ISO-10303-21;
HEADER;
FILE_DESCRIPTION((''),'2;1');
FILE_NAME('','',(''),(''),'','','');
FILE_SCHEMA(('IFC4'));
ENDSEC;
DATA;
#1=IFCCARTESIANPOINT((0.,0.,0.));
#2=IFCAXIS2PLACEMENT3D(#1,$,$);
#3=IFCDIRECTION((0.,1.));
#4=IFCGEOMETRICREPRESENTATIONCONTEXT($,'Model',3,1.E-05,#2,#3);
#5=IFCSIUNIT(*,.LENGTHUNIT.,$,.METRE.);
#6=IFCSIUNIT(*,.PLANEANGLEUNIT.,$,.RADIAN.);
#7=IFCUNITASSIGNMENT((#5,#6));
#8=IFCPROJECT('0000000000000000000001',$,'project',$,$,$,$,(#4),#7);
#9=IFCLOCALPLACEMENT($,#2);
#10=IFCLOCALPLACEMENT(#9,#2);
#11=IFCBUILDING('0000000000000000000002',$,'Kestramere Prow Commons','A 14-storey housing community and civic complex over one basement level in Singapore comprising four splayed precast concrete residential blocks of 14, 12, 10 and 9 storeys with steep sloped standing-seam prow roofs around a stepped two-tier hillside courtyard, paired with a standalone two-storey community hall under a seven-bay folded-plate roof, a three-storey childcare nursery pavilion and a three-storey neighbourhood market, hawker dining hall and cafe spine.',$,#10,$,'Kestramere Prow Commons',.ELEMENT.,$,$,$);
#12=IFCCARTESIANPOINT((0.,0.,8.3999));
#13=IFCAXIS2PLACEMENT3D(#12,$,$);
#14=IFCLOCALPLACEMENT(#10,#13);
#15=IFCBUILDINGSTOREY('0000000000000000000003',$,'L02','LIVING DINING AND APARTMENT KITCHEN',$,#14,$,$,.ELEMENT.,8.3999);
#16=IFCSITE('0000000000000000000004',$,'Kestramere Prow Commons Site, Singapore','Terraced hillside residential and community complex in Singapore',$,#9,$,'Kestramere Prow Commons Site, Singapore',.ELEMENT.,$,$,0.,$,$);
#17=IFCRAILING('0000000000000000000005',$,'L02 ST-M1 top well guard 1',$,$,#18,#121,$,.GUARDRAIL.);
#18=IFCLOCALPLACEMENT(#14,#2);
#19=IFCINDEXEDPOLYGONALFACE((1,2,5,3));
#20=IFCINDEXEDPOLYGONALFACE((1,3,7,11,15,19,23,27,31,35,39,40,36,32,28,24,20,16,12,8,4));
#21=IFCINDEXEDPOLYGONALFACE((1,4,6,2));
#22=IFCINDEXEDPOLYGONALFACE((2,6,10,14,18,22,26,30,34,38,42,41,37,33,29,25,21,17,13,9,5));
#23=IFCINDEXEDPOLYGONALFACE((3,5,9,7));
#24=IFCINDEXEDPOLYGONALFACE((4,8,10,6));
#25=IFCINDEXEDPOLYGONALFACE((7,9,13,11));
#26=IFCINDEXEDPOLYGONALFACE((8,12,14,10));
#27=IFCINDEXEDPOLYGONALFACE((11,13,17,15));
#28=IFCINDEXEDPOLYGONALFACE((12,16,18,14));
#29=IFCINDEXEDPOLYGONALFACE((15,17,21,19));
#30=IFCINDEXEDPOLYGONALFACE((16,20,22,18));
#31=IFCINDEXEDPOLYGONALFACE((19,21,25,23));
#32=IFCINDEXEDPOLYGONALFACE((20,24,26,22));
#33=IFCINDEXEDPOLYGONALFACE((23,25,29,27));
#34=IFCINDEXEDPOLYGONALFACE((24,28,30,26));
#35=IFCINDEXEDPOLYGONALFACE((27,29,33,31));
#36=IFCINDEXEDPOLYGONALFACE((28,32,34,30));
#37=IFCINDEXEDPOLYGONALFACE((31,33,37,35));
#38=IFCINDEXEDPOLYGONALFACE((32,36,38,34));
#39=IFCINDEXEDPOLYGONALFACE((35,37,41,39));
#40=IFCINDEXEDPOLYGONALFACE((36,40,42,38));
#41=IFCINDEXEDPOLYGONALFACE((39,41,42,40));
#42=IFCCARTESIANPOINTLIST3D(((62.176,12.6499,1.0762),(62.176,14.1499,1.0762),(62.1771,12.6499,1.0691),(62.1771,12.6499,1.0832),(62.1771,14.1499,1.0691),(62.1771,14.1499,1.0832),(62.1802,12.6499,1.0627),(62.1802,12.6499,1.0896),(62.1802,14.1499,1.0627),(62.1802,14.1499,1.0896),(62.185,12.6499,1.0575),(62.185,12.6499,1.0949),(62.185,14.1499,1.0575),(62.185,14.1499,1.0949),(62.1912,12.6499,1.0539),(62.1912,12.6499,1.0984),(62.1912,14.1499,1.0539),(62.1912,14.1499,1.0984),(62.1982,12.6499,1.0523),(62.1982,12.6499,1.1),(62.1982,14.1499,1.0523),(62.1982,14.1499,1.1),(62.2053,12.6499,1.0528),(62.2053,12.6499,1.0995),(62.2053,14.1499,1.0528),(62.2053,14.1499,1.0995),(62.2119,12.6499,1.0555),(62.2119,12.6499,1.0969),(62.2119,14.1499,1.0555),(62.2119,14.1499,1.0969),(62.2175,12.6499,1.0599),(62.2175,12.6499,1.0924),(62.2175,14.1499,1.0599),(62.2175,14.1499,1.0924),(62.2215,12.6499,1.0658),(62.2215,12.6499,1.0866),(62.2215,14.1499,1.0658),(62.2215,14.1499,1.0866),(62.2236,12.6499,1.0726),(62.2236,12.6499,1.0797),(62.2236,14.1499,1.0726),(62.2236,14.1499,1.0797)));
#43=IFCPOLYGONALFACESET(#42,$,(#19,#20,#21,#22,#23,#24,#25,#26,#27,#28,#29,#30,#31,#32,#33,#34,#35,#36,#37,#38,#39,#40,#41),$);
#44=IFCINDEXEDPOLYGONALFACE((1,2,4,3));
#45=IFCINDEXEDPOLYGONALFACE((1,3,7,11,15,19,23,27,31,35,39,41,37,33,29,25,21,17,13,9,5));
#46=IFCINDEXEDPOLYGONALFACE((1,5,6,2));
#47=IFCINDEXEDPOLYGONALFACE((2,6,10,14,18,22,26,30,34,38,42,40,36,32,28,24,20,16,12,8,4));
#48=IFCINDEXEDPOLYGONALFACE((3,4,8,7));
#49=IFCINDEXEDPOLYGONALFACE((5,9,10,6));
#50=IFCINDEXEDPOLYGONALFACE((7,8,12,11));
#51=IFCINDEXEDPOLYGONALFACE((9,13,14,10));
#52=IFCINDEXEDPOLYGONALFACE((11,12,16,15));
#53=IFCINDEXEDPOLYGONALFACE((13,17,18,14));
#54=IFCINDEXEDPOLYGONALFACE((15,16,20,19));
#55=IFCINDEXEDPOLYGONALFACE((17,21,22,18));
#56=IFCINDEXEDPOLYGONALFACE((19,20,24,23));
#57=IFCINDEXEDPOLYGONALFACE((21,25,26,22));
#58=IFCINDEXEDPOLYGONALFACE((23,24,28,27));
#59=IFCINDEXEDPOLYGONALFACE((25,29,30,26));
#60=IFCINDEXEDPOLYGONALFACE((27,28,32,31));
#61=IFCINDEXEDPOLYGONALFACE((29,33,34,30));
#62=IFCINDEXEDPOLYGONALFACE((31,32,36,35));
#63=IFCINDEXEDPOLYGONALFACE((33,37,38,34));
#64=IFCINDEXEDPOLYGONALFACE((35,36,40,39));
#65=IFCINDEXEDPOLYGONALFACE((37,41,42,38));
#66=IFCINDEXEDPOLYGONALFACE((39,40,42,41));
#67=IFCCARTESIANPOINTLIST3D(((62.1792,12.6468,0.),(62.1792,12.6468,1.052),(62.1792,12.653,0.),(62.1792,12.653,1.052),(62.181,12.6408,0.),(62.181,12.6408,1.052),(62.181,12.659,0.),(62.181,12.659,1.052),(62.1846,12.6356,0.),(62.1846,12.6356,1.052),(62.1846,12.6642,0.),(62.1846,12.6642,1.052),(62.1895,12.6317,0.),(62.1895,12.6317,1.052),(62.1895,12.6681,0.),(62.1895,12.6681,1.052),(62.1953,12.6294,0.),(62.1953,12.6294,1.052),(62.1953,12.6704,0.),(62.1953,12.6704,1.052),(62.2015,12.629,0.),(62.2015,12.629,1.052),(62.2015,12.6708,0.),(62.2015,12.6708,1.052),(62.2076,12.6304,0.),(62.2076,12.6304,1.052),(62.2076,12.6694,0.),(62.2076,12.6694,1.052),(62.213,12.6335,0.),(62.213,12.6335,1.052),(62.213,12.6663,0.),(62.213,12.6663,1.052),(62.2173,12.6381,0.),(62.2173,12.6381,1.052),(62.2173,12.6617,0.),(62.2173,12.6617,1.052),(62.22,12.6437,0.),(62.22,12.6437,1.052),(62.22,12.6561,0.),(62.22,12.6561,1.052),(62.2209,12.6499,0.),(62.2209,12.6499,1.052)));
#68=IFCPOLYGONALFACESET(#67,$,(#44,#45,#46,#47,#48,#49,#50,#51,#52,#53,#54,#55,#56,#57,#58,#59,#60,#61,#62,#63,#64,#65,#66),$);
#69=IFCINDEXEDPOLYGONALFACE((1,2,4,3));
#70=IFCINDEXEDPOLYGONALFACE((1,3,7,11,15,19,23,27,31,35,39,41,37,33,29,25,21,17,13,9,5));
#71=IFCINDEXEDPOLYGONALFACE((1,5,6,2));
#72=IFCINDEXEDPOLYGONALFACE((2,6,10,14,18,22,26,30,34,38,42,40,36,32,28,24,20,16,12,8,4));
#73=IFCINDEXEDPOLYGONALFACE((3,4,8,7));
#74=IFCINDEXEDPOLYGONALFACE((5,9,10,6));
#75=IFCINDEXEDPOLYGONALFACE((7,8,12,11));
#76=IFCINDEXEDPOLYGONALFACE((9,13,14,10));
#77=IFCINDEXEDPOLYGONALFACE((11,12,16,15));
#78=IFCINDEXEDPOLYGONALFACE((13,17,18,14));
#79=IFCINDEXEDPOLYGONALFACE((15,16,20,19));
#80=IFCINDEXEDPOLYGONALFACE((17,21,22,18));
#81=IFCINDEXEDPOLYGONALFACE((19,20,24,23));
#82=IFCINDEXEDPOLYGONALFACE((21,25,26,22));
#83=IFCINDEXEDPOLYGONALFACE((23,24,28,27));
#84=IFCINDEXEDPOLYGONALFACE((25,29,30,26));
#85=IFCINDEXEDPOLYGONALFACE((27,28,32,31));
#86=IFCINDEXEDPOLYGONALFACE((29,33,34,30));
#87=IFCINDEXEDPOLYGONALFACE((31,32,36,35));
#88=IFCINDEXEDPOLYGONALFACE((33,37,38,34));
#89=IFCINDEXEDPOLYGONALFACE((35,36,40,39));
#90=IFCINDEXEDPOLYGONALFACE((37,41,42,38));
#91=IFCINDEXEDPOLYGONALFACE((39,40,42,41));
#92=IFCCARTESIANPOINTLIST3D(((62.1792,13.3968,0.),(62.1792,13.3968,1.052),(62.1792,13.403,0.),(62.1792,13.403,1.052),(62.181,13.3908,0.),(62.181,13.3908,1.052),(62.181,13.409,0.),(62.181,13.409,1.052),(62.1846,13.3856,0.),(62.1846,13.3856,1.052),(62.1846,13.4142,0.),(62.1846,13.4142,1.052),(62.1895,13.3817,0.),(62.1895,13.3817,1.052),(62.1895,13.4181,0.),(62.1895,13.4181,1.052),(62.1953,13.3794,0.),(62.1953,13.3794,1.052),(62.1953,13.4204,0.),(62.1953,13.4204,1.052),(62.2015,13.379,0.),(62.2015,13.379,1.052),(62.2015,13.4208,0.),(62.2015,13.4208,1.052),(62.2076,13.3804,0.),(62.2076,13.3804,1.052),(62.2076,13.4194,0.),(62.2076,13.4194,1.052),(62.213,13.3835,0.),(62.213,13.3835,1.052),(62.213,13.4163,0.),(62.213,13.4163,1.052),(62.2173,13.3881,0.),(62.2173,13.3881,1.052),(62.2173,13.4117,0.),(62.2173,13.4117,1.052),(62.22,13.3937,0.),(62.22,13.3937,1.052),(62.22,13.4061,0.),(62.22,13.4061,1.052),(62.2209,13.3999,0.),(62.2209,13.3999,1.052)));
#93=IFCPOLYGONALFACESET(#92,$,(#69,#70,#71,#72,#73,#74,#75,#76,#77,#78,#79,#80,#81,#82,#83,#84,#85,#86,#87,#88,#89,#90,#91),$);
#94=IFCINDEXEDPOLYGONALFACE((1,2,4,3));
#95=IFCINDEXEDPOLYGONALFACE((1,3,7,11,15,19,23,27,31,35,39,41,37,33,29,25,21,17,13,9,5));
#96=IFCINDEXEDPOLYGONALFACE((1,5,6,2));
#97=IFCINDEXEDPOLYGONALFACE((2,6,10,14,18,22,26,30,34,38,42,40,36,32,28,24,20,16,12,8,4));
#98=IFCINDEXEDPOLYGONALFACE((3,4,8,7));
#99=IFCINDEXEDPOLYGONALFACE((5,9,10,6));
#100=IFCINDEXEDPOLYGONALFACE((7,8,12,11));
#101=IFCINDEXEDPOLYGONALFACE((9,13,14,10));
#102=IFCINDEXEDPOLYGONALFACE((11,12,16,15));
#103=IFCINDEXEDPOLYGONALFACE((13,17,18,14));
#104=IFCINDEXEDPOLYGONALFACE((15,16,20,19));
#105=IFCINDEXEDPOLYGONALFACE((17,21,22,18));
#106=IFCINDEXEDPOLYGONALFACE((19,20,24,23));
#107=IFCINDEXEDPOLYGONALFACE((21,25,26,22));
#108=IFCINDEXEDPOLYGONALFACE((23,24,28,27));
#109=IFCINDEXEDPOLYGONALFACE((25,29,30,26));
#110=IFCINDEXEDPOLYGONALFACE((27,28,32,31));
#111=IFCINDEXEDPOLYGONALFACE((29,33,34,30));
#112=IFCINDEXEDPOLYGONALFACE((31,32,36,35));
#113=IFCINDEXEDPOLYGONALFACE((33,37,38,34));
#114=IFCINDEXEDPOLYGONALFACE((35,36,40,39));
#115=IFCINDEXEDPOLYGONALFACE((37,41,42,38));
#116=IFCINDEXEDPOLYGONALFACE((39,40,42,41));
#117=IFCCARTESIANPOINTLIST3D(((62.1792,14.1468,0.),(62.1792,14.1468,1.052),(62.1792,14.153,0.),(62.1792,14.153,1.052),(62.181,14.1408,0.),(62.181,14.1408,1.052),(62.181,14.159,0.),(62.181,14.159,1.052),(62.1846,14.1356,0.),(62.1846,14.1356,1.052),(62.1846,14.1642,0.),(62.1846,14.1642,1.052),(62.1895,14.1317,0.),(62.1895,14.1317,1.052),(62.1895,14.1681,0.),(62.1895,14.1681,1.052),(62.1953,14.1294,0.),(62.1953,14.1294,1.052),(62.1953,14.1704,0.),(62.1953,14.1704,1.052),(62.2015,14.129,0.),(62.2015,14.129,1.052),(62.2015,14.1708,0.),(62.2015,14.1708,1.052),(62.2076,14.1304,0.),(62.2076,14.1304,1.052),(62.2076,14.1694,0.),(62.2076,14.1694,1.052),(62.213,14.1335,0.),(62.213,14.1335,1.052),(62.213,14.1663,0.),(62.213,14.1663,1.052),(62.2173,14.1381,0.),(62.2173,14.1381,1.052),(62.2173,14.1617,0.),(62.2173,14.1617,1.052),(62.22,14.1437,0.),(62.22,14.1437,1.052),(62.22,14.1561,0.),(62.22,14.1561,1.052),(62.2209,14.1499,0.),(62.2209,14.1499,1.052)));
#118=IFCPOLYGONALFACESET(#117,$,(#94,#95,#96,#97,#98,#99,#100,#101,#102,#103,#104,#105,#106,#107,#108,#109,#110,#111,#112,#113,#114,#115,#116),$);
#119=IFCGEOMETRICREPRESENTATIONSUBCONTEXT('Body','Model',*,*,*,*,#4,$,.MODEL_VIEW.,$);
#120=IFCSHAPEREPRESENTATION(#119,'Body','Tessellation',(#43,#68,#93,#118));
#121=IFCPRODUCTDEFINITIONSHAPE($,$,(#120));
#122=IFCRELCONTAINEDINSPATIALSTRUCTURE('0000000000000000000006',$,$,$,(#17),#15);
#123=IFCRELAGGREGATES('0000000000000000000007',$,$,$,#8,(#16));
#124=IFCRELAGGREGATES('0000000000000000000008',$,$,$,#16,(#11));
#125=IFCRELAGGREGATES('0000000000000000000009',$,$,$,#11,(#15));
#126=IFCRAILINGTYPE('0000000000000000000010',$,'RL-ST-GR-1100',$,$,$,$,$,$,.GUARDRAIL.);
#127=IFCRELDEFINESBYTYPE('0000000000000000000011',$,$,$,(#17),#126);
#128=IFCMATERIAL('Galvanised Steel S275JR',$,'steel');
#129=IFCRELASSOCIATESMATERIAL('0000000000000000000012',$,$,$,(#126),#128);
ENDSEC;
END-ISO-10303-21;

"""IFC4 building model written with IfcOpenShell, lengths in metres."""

from ifc_helpers import new_model, si_unit, direction, frame, origin, origin_2d, place, context, subcontext, project, spatial, circle, extrude, material, type_object, element, save


model = new_model("IFC4")

# Units and contexts
model_context = context("Model", 3, precision=1e-05, world=origin(), true_north=direction((0.0, 1.0)))
body_context = subcontext(model_context, "Body", "Model", "MODEL_VIEW")
ifc_project = project(units=[si_unit("LENGTHUNIT", "METRE"), si_unit("PLANEANGLEUNIT", "RADIAN")], contexts=[model_context])

# Site, building, storey
site_placement = place(None, origin())
site = spatial("IfcSite", under=ifc_project, at=site_placement, Name="Kestramere Prow Commons Site, Singapore", Description="Terraced hillside residential and community complex in Singapore", LongName="Kestramere Prow Commons Site, Singapore", CompositionType="ELEMENT", RefElevation=0.0)
building_placement = place(site_placement, origin())
building = spatial("IfcBuilding", under=site, at=building_placement, Name="Kestramere Prow Commons", Description="A 14-storey housing community and civic complex over one basement level in Singapore comprising four splayed precast concrete residential blocks of 14, 12, 10 and 9 storeys with steep sloped standing-seam prow roofs around a stepped two-tier hillside courtyard, paired with a standalone two-storey community hall under a seven-bay folded-plate roof, a three-storey childcare nursery pavilion and a three-storey neighbourhood market, hawker dining hall and cafe spine.", LongName="Kestramere Prow Commons", CompositionType="ELEMENT")
storey_placement = place(building_placement, frame((0.0, 0.0, 8.3999)))
storey = spatial("IfcBuildingStorey", under=building, at=storey_placement, Name="L02", Description="LIVING DINING AND APARTMENT KITCHEN", CompositionType="ELEMENT", Elevation=8.3999)

# Railing
ifc_material_1 = material(Name="Galvanised Steel S275JR", Category="steel")
railing_type = type_object("IfcRailingType", Name="RL-ST-GR-1100", PredefinedType="GUARDRAIL", material=ifc_material_1)
railing_placement = place(storey_placement, frame((62.2, 12.6499, 0.0)))
element("IfcRailing", 1, at=railing_placement, inside=storey, type_object=railing_type, Name="L02 ST-M1 top well guard 1", PredefinedType="GUARDRAIL", context=body_context, shape_type="SweptSolid", body=[
    extrude(circle(Radius=0.0239, at=origin_2d()), frame((0.0, 0.0, 1.0762), z_axis=(0.0, 1.0, 0.0), x_axis=(-1.0, 0.0, 0.0)), (0.0, 0.0, 1.0), 1.5),
    extrude(circle(Radius=0.021, at=origin_2d()), origin(), (0.0, 0.0, 1.0), 1.052),
    extrude(circle(Radius=0.021, at=origin_2d()), frame((0.0, 0.75, 0.0)), (0.0, 0.0, 1.0), 1.052),
    extrude(circle(Radius=0.021, at=origin_2d()), frame((0.0, 1.5, 0.0)), (0.0, 0.0, 1.0), 1.052),
])

save(model, "model.ifc")
